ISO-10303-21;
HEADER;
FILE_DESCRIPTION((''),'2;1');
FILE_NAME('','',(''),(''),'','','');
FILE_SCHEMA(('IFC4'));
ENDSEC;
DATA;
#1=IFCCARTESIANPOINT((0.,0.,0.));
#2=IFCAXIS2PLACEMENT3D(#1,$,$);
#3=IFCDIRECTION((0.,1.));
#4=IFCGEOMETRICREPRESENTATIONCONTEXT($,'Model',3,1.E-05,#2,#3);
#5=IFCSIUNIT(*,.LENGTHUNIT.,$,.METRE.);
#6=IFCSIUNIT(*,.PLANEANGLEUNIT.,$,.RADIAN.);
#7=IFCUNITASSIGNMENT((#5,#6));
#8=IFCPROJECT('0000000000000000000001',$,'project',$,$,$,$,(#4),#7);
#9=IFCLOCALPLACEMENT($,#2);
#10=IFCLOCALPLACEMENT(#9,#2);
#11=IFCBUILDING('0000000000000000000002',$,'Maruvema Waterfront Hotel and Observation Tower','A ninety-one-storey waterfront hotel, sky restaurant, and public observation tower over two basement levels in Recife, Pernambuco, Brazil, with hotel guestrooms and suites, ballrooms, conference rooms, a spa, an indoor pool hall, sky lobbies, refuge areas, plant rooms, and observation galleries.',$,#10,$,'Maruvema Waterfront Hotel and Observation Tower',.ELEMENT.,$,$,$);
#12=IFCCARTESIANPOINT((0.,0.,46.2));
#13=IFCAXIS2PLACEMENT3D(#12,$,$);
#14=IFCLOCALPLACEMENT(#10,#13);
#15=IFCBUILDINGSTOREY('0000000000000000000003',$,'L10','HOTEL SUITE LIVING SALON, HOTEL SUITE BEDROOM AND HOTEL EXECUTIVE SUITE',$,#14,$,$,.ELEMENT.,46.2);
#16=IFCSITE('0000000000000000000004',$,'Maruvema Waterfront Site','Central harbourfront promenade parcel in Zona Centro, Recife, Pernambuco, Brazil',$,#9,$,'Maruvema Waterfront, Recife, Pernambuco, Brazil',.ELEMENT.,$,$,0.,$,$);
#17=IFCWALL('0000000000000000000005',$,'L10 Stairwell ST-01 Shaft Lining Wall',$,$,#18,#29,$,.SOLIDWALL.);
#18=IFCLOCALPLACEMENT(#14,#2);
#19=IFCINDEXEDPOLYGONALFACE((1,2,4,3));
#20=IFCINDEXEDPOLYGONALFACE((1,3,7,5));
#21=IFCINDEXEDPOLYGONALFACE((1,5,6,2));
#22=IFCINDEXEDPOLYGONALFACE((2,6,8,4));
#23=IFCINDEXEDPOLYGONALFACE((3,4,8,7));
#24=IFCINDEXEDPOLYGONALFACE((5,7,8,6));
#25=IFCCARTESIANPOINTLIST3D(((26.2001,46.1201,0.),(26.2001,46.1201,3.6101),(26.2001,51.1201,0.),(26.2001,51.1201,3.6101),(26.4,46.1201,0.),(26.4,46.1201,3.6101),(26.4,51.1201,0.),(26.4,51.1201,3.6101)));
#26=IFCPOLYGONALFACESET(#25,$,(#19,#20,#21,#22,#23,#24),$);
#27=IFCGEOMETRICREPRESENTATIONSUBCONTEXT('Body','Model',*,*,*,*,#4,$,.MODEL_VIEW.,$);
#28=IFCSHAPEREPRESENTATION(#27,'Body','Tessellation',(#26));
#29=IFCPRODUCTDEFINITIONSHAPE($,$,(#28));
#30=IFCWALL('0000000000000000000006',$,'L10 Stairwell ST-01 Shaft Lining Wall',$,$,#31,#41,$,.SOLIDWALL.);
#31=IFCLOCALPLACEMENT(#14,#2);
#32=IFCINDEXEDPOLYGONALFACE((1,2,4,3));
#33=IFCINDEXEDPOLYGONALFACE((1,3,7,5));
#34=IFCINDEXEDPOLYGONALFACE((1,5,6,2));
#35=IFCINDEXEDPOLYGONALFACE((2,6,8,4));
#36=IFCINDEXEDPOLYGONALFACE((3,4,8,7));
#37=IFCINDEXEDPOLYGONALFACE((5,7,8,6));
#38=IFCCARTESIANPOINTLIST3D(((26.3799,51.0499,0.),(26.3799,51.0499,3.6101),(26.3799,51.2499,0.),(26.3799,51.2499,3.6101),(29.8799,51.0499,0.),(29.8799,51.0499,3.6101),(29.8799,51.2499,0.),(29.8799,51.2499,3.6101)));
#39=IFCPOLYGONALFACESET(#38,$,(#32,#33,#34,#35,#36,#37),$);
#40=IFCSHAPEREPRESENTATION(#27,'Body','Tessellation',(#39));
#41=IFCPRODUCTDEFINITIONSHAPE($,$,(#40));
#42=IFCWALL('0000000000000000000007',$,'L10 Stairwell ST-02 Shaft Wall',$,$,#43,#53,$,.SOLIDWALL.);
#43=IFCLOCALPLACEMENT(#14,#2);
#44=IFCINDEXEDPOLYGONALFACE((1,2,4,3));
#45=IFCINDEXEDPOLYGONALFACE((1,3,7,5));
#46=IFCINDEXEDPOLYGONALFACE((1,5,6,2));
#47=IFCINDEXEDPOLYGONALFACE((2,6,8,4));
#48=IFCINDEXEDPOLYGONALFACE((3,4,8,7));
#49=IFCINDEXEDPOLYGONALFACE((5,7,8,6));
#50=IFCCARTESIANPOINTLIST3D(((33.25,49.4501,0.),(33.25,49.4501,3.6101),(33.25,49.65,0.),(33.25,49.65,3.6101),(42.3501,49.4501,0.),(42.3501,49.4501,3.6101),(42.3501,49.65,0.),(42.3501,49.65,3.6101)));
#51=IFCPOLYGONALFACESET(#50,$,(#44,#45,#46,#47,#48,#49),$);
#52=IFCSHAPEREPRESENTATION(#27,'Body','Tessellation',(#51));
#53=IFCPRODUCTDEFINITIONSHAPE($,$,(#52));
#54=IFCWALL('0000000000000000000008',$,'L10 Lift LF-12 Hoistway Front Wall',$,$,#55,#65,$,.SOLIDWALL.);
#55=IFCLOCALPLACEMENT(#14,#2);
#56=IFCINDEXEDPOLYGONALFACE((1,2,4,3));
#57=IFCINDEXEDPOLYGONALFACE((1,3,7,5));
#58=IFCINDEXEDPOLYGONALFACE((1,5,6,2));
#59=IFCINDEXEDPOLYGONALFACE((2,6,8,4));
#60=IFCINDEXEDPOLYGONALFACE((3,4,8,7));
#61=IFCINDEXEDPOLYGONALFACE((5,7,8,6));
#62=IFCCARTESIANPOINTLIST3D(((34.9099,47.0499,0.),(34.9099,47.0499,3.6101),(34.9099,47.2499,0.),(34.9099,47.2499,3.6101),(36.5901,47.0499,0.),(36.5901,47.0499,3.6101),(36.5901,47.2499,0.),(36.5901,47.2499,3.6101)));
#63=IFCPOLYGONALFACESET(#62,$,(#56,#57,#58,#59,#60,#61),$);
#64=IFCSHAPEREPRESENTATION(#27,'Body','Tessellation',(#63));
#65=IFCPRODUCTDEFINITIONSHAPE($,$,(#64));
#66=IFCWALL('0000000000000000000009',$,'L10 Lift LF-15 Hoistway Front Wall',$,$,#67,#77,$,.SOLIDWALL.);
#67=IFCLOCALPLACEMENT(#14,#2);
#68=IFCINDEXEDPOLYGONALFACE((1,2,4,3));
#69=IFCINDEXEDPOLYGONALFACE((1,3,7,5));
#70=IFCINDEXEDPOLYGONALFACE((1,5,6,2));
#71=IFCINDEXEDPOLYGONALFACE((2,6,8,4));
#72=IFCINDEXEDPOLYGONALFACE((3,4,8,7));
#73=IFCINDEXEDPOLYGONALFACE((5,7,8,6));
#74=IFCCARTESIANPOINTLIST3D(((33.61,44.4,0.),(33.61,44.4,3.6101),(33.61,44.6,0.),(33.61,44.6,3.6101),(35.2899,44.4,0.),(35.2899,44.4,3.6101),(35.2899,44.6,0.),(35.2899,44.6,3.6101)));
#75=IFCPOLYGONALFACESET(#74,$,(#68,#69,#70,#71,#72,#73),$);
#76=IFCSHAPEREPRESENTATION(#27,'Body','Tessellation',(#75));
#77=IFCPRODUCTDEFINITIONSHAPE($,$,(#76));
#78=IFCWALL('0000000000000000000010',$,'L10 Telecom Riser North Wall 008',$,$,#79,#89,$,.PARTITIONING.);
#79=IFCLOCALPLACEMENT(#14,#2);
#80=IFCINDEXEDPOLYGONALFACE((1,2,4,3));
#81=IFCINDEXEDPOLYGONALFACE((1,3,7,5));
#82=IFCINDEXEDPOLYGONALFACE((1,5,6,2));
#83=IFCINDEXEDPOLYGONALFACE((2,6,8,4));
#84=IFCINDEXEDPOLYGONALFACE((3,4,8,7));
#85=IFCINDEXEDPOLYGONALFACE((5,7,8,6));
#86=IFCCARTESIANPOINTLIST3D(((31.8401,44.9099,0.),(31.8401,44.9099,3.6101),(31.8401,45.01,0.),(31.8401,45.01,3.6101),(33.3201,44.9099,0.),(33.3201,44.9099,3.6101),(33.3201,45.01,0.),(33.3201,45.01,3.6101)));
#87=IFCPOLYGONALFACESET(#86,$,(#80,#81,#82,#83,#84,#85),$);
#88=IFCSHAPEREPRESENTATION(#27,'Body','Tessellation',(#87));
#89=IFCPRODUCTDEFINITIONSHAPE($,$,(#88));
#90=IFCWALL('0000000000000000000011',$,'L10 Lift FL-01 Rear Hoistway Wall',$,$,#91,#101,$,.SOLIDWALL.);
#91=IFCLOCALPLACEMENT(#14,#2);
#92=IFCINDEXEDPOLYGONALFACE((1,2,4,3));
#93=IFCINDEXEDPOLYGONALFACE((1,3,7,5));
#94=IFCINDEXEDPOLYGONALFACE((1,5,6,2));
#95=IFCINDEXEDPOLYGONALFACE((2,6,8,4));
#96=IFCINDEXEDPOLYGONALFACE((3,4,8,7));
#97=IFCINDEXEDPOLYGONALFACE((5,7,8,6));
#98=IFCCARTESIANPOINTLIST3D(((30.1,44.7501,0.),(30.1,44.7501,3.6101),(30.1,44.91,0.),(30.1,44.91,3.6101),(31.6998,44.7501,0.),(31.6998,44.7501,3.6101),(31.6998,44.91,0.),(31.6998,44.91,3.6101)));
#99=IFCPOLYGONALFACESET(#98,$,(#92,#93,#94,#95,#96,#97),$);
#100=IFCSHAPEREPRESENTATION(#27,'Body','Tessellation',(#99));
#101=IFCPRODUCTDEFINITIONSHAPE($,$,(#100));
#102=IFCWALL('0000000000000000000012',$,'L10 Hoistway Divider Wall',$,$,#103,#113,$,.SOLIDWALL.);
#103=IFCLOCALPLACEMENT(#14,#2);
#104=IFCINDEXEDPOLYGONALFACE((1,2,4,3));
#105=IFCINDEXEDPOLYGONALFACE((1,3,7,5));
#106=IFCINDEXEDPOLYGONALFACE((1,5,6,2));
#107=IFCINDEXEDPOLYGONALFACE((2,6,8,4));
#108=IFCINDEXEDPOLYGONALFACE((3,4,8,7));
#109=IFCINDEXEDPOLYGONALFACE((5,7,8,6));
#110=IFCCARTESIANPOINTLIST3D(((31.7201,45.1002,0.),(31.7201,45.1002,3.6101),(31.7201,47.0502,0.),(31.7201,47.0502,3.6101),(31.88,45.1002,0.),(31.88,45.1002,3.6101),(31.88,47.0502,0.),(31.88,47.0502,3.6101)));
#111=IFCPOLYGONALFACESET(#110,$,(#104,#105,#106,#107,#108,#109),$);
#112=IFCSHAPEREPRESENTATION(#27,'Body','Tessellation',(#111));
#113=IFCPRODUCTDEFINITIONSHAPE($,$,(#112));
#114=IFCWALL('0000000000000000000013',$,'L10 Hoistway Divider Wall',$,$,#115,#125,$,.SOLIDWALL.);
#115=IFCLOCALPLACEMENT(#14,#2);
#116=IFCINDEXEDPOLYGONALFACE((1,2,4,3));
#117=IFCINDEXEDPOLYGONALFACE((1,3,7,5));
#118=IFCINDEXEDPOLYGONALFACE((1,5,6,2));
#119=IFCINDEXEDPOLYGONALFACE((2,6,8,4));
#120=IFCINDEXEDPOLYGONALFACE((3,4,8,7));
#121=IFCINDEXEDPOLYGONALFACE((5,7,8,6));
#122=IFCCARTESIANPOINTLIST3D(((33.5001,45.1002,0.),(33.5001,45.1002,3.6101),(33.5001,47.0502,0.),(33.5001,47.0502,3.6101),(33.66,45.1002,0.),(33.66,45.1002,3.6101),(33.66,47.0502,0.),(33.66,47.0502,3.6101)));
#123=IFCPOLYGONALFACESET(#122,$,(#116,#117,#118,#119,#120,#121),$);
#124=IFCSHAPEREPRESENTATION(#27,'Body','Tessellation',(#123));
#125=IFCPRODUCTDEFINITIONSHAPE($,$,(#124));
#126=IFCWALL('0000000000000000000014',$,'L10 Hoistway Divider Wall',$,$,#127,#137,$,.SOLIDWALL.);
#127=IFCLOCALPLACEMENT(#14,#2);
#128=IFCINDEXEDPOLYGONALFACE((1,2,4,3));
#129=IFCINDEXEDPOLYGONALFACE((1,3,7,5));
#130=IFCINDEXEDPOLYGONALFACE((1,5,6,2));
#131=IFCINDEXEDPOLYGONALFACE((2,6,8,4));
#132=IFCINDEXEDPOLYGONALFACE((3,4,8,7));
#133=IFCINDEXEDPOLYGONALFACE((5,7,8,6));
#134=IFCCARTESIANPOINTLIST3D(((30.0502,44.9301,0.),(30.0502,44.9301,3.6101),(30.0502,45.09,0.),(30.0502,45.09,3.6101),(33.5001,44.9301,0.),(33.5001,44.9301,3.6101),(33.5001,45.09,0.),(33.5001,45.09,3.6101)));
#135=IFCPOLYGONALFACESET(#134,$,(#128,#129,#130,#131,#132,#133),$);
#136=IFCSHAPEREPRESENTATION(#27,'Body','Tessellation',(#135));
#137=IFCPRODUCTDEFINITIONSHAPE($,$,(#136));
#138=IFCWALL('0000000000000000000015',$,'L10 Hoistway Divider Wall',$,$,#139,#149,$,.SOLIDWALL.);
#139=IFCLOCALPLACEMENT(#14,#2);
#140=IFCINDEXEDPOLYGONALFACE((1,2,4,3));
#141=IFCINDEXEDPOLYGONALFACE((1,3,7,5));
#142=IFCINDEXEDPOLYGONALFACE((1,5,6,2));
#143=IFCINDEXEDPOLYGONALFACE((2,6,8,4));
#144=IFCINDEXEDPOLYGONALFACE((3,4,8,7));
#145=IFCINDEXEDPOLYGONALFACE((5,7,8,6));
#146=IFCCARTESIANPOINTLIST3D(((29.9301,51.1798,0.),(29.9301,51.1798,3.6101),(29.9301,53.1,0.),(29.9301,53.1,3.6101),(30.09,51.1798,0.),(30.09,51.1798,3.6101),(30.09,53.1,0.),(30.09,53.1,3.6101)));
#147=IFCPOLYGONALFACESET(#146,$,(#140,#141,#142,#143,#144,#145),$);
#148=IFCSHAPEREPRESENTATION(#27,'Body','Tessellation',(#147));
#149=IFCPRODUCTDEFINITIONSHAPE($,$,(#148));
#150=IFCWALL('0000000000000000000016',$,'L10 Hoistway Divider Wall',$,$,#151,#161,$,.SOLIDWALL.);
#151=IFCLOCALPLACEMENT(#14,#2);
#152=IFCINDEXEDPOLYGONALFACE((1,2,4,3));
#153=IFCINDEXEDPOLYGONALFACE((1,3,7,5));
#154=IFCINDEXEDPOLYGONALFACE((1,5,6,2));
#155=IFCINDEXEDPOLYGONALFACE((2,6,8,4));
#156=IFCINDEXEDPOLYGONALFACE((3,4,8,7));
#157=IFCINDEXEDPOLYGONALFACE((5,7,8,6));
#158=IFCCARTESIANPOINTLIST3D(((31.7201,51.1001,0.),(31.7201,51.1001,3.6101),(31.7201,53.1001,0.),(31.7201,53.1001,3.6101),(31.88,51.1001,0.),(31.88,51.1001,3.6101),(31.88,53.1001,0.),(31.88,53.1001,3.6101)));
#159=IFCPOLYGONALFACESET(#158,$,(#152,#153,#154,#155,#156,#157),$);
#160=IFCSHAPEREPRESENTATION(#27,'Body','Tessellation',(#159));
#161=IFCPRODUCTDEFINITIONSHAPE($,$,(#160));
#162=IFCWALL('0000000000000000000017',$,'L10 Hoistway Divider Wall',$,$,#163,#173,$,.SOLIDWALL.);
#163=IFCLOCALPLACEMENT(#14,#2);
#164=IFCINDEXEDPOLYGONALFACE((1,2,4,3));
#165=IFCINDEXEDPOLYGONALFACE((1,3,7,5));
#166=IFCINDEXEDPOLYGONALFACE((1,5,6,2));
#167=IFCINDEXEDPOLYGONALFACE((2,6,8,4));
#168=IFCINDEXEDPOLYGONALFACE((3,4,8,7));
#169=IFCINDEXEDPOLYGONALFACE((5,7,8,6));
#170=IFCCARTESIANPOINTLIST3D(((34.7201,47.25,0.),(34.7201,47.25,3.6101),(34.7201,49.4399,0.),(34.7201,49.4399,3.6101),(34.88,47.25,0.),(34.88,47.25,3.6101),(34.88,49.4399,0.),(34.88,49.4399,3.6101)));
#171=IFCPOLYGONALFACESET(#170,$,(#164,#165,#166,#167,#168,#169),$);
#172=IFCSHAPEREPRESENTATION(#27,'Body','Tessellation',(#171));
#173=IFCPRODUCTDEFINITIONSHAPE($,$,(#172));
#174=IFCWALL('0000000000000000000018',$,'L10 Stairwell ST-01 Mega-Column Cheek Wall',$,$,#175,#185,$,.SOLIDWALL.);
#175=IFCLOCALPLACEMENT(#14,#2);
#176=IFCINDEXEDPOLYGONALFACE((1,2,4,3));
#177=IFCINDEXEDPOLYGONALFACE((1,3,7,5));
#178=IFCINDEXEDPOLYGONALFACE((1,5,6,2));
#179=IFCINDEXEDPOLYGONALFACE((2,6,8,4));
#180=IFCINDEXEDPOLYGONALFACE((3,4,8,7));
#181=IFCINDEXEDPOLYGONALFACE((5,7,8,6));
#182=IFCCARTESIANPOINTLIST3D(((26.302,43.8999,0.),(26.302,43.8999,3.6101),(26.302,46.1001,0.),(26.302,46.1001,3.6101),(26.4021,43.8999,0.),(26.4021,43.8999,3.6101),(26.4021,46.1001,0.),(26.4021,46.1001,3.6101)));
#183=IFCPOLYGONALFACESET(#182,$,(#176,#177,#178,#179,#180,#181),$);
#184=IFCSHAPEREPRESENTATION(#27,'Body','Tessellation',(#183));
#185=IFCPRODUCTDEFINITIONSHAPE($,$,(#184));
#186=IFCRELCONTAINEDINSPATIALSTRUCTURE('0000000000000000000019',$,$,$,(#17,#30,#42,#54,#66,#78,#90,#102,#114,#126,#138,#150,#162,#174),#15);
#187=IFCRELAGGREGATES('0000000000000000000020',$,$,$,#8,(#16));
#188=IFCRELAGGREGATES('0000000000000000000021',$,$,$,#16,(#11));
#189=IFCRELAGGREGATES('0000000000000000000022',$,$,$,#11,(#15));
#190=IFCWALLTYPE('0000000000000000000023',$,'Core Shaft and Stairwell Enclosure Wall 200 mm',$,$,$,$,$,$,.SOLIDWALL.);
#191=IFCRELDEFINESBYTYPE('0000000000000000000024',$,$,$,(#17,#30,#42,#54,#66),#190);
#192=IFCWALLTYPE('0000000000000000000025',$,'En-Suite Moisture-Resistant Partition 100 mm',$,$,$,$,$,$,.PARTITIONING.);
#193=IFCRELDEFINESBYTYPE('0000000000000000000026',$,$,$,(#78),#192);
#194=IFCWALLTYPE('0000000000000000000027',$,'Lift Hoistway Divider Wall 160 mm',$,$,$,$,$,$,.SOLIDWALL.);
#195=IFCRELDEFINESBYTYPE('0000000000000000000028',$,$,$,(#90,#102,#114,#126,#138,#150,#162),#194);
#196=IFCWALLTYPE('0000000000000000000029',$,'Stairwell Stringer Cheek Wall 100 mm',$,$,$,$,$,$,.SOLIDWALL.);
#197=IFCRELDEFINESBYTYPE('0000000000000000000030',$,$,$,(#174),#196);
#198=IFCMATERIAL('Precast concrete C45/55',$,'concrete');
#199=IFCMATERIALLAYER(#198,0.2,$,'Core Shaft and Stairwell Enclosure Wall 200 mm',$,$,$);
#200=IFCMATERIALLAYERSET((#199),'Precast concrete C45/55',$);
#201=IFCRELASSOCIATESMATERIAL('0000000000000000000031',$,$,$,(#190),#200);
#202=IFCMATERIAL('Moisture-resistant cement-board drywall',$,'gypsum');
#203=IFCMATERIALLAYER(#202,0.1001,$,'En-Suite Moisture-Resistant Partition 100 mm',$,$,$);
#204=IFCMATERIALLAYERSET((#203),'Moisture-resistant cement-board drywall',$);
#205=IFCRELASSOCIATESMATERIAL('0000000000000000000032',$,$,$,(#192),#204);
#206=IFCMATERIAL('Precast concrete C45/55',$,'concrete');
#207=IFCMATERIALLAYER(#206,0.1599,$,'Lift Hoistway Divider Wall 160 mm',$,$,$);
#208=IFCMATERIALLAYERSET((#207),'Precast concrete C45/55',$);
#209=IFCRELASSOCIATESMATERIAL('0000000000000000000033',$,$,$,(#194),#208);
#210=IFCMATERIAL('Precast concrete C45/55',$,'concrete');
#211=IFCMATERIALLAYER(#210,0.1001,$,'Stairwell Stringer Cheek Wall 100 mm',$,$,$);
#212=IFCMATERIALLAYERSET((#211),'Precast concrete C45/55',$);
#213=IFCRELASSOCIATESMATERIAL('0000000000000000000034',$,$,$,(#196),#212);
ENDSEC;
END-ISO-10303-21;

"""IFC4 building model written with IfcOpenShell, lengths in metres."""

from ifc_helpers import new_model, si_unit, direction, frame, frame_2d, origin, place, context, subcontext, project, spatial, rectangle, extrude, material, layer, layer_set, type_object, element, save


model = new_model("IFC4")

# Units and contexts
model_context = context("Model", 3, precision=1e-05, world=origin(), true_north=direction((0.0, 1.0)))
body_context = subcontext(model_context, "Body", "Model", "MODEL_VIEW")
ifc_project = project(units=[si_unit("LENGTHUNIT", "METRE"), si_unit("PLANEANGLEUNIT", "RADIAN")], contexts=[model_context])

# Site, building, storey
site_placement = place(None, origin())
site = spatial("IfcSite", under=ifc_project, at=site_placement, Name="Maruvema Waterfront Site", Description="Central harbourfront promenade parcel in Zona Centro, Recife, Pernambuco, Brazil", LongName="Maruvema Waterfront, Recife, Pernambuco, Brazil", CompositionType="ELEMENT", RefElevation=0.0)
building_placement = place(site_placement, origin())
building = spatial("IfcBuilding", under=site, at=building_placement, Name="Maruvema Waterfront Hotel and Observation Tower", Description="A ninety-one-storey waterfront hotel, sky restaurant, and public observation tower over two basement levels in Recife, Pernambuco, Brazil, with hotel guestrooms and suites, ballrooms, conference rooms, a spa, an indoor pool hall, sky lobbies, refuge areas, plant rooms, and observation galleries.", LongName="Maruvema Waterfront Hotel and Observation Tower", CompositionType="ELEMENT")
storey_placement = place(building_placement, frame((0.0, 0.0, 46.2)))
storey = spatial("IfcBuildingStorey", under=building, at=storey_placement, Name="L10", Description="HOTEL SUITE LIVING SALON, HOTEL SUITE BEDROOM AND HOTEL EXECUTIVE SUITE", CompositionType="ELEMENT", Elevation=46.2)

# Walls
ifc_material_1 = material(Name="Precast concrete C45/55", Category="concrete")
ifc_layer_1 = layer(ifc_material_1, 0.2, Name="Core Shaft and Stairwell Enclosure Wall 200 mm")
ifc_layer_set_1 = layer_set([ifc_layer_1], Name="Precast concrete C45/55")
wall_type_1 = type_object("IfcWallType", Name="Core Shaft and Stairwell Enclosure Wall 200 mm", PredefinedType="SOLIDWALL", material=ifc_layer_set_1)
wall_1_placement = place(storey_placement, frame((26.3, 46.1201, 0.0), z_axis=(0.0, 0.0, 1.0), x_axis=(0.0, 1.0, 0.0)))
element("IfcWall", 1, at=wall_1_placement, inside=storey, type_object=wall_type_1, Name="L10 Stairwell ST-01 Shaft Lining Wall", PredefinedType="SOLIDWALL", context=body_context, shape_type="SweptSolid", body=[
    extrude(rectangle(XDim=5.0, YDim=0.2, at=frame_2d((2.5, 0.0))), origin(), (0.0, 0.0, 1.0), 3.6101),
])
wall_2_placement = place(storey_placement, frame((26.3799, 51.1499, 0.0), z_axis=(0.0, 0.0, 1.0), x_axis=(1.0, 0.0, 0.0)))
element("IfcWall", 2, at=wall_2_placement, inside=storey, type_object=wall_type_1, Name="L10 Stairwell ST-01 Shaft Lining Wall", PredefinedType="SOLIDWALL", context=body_context, shape_type="SweptSolid", body=[
    extrude(rectangle(XDim=3.5, YDim=0.2, at=frame_2d((1.75, 0.0))), origin(), (0.0, 0.0, 1.0), 3.6101),
])
wall_3_placement = place(storey_placement, frame((33.25, 49.55, 0.0), z_axis=(0.0, 0.0, 1.0), x_axis=(1.0, 0.0, 0.0)))
element("IfcWall", 3, at=wall_3_placement, inside=storey, type_object=wall_type_1, Name="L10 Stairwell ST-02 Shaft Wall", PredefinedType="SOLIDWALL", context=body_context, shape_type="SweptSolid", body=[
    extrude(rectangle(XDim=9.1001, YDim=0.2, at=frame_2d((4.55, 0.0))), origin(), (0.0, 0.0, 1.0), 3.6101),
])

# Walls
wall_4_placement = place(storey_placement, frame((34.9099, 47.1499, 0.0), z_axis=(0.0, 0.0, 1.0), x_axis=(1.0, 0.0, 0.0)))
element("IfcWall", 4, at=wall_4_placement, inside=storey, type_object=wall_type_1, Name="L10 Lift LF-12 Hoistway Front Wall", PredefinedType="SOLIDWALL", context=body_context, shape_type="SweptSolid", body=[
    extrude(rectangle(XDim=1.6802, YDim=0.2, at=frame_2d((0.8401, 0.0))), origin(), (0.0, 0.0, 1.0), 3.6101),
])
wall_5_placement = place(storey_placement, frame((33.6101, 44.5, 0.0), z_axis=(0.0, 0.0, 1.0), x_axis=(1.0, 0.0, 0.0)))
element("IfcWall", 5, at=wall_5_placement, inside=storey, type_object=wall_type_1, Name="L10 Lift LF-15 Hoistway Front Wall", PredefinedType="SOLIDWALL", context=body_context, shape_type="SweptSolid", body=[
    extrude(rectangle(XDim=1.6799, YDim=0.2, at=frame_2d((0.8398, 0.0))), origin(), (0.0, 0.0, 1.0), 3.6101),
])
ifc_material_2 = material(Name="Moisture-resistant cement-board drywall", Category="gypsum")
ifc_layer_2 = layer(ifc_material_2, 0.1001, Name="En-Suite Moisture-Resistant Partition 100 mm")
ifc_layer_set_2 = layer_set([ifc_layer_2], Name="Moisture-resistant cement-board drywall")
wall_type_2 = type_object("IfcWallType", Name="En-Suite Moisture-Resistant Partition 100 mm", PredefinedType="PARTITIONING", material=ifc_layer_set_2)
wall_6_placement = place(storey_placement, frame((31.8401, 44.96, 0.0), z_axis=(0.0, 0.0, 1.0), x_axis=(1.0, 0.0, 0.0)))
element("IfcWall", 6, at=wall_6_placement, inside=storey, type_object=wall_type_2, Name="L10 Telecom Riser North Wall 008", PredefinedType="PARTITIONING", context=body_context, shape_type="SweptSolid", body=[
    extrude(rectangle(XDim=1.48, YDim=0.1001, at=frame_2d((0.74, 0.0))), origin(), (0.0, 0.0, 1.0), 3.6101),
])
ifc_material_3 = material(Name="Precast concrete C45/55", Category="concrete")
ifc_layer_3 = layer(ifc_material_3, 0.1599, Name="Lift Hoistway Divider Wall 160 mm")
ifc_layer_set_3 = layer_set([ifc_layer_3], Name="Precast concrete C45/55")
wall_type_3 = type_object("IfcWallType", Name="Lift Hoistway Divider Wall 160 mm", PredefinedType="SOLIDWALL", material=ifc_layer_set_3)
wall_7_placement = place(storey_placement, frame((30.1001, 44.8301, 0.0), z_axis=(0.0, 0.0, 1.0), x_axis=(1.0, 0.0, 0.0)))
element("IfcWall", 7, at=wall_7_placement, inside=storey, type_object=wall_type_3, Name="L10 Lift FL-01 Rear Hoistway Wall", PredefinedType="SOLIDWALL", context=body_context, shape_type="SweptSolid", body=[
    extrude(rectangle(XDim=1.5999, YDim=0.1599, at=frame_2d((0.7998, 0.0))), origin(), (0.0, 0.0, 1.0), 3.6101),
])
for number, where, z_axis, x_axis, name in (
    (8, (31.8, 45.1001, 0.0), (0.0, 0.0, 1.0), (0.0, 1.0, 0.0), "L10 Hoistway Divider Wall"),
    (9, (33.5801, 45.1001, 0.0), (0.0, 0.0, 1.0), (0.0, 1.0, 0.0), "L10 Hoistway Divider Wall"),
):
    element("IfcWall", number, at=place(storey_placement, frame(where, z_axis=z_axis, x_axis=x_axis)), inside=storey, type_object=wall_type_3, Name=name, PredefinedType="SOLIDWALL", context=body_context, shape_type="SweptSolid", body=[
        extrude(rectangle(XDim=1.95, YDim=0.1599, at=frame_2d((0.9751, 0.0))), origin(), (0.0, 0.0, 1.0), 3.6101),
    ])
wall_8_placement = place(storey_placement, frame((30.05, 45.01, 0.0), z_axis=(0.0, 0.0, 1.0), x_axis=(1.0, 0.0, 0.0)))
element("IfcWall", 10, at=wall_8_placement, inside=storey, type_object=wall_type_3, Name="L10 Hoistway Divider Wall", PredefinedType="SOLIDWALL", context=body_context, shape_type="SweptSolid", body=[
    extrude(rectangle(XDim=3.45, YDim=0.1599, at=frame_2d((1.7251, 0.0))), origin(), (0.0, 0.0, 1.0), 3.6101),
])
wall_9_placement = place(storey_placement, frame((30.01, 51.1799, 0.0), z_axis=(0.0, 0.0, 1.0), x_axis=(0.0, 1.0, 0.0)))
element("IfcWall", 11, at=wall_9_placement, inside=storey, type_object=wall_type_3, Name="L10 Hoistway Divider Wall", PredefinedType="SOLIDWALL", context=body_context, shape_type="SweptSolid", body=[
    extrude(rectangle(XDim=1.9202, YDim=0.1599, at=frame_2d((0.96, 0.0))), origin(), (0.0, 0.0, 1.0), 3.6101),
])
wall_10_placement = place(storey_placement, frame((31.8, 51.1001, 0.0), z_axis=(0.0, 0.0, 1.0), x_axis=(0.0, 1.0, 0.0)))
element("IfcWall", 12, at=wall_10_placement, inside=storey, type_object=wall_type_3, Name="L10 Hoistway Divider Wall", PredefinedType="SOLIDWALL", context=body_context, shape_type="SweptSolid", body=[
    extrude(rectangle(XDim=2.0, YDim=0.1599, at=frame_2d((1.0, 0.0))), origin(), (0.0, 0.0, 1.0), 3.6101),
])
wall_11_placement = place(storey_placement, frame((34.8, 47.25, 0.0), z_axis=(0.0, 0.0, 1.0), x_axis=(0.0, 1.0, 0.0)))
element("IfcWall", 13, at=wall_11_placement, inside=storey, type_object=wall_type_3, Name="L10 Hoistway Divider Wall", PredefinedType="SOLIDWALL", context=body_context, shape_type="SweptSolid", body=[
    extrude(rectangle(XDim=2.1899, YDim=0.1599, at=frame_2d((1.095, 0.0))), origin(), (0.0, 0.0, 1.0), 3.6101),
])
ifc_material_4 = material(Name="Precast concrete C45/55", Category="concrete")
ifc_layer_4 = layer(ifc_material_4, 0.1001, Name="Stairwell Stringer Cheek Wall 100 mm")
ifc_layer_set_4 = layer_set([ifc_layer_4], Name="Precast concrete C45/55")
wall_type_4 = type_object("IfcWallType", Name="Stairwell Stringer Cheek Wall 100 mm", PredefinedType="SOLIDWALL", material=ifc_layer_set_4)
wall_12_placement = place(storey_placement, frame((26.3521, 43.8999, 0.0), z_axis=(0.0, 0.0, 1.0), x_axis=(0.0, 1.0, 0.0)))
element("IfcWall", 14, at=wall_12_placement, inside=storey, type_object=wall_type_4, Name="L10 Stairwell ST-01 Mega-Column Cheek Wall", PredefinedType="SOLIDWALL", context=body_context, shape_type="SweptSolid", body=[
    extrude(rectangle(XDim=2.2002, YDim=0.1001, at=frame_2d((1.1001, 0.0))), origin(), (0.0, 0.0, 1.0), 3.6101),
])

save(model, "model.ifc")
